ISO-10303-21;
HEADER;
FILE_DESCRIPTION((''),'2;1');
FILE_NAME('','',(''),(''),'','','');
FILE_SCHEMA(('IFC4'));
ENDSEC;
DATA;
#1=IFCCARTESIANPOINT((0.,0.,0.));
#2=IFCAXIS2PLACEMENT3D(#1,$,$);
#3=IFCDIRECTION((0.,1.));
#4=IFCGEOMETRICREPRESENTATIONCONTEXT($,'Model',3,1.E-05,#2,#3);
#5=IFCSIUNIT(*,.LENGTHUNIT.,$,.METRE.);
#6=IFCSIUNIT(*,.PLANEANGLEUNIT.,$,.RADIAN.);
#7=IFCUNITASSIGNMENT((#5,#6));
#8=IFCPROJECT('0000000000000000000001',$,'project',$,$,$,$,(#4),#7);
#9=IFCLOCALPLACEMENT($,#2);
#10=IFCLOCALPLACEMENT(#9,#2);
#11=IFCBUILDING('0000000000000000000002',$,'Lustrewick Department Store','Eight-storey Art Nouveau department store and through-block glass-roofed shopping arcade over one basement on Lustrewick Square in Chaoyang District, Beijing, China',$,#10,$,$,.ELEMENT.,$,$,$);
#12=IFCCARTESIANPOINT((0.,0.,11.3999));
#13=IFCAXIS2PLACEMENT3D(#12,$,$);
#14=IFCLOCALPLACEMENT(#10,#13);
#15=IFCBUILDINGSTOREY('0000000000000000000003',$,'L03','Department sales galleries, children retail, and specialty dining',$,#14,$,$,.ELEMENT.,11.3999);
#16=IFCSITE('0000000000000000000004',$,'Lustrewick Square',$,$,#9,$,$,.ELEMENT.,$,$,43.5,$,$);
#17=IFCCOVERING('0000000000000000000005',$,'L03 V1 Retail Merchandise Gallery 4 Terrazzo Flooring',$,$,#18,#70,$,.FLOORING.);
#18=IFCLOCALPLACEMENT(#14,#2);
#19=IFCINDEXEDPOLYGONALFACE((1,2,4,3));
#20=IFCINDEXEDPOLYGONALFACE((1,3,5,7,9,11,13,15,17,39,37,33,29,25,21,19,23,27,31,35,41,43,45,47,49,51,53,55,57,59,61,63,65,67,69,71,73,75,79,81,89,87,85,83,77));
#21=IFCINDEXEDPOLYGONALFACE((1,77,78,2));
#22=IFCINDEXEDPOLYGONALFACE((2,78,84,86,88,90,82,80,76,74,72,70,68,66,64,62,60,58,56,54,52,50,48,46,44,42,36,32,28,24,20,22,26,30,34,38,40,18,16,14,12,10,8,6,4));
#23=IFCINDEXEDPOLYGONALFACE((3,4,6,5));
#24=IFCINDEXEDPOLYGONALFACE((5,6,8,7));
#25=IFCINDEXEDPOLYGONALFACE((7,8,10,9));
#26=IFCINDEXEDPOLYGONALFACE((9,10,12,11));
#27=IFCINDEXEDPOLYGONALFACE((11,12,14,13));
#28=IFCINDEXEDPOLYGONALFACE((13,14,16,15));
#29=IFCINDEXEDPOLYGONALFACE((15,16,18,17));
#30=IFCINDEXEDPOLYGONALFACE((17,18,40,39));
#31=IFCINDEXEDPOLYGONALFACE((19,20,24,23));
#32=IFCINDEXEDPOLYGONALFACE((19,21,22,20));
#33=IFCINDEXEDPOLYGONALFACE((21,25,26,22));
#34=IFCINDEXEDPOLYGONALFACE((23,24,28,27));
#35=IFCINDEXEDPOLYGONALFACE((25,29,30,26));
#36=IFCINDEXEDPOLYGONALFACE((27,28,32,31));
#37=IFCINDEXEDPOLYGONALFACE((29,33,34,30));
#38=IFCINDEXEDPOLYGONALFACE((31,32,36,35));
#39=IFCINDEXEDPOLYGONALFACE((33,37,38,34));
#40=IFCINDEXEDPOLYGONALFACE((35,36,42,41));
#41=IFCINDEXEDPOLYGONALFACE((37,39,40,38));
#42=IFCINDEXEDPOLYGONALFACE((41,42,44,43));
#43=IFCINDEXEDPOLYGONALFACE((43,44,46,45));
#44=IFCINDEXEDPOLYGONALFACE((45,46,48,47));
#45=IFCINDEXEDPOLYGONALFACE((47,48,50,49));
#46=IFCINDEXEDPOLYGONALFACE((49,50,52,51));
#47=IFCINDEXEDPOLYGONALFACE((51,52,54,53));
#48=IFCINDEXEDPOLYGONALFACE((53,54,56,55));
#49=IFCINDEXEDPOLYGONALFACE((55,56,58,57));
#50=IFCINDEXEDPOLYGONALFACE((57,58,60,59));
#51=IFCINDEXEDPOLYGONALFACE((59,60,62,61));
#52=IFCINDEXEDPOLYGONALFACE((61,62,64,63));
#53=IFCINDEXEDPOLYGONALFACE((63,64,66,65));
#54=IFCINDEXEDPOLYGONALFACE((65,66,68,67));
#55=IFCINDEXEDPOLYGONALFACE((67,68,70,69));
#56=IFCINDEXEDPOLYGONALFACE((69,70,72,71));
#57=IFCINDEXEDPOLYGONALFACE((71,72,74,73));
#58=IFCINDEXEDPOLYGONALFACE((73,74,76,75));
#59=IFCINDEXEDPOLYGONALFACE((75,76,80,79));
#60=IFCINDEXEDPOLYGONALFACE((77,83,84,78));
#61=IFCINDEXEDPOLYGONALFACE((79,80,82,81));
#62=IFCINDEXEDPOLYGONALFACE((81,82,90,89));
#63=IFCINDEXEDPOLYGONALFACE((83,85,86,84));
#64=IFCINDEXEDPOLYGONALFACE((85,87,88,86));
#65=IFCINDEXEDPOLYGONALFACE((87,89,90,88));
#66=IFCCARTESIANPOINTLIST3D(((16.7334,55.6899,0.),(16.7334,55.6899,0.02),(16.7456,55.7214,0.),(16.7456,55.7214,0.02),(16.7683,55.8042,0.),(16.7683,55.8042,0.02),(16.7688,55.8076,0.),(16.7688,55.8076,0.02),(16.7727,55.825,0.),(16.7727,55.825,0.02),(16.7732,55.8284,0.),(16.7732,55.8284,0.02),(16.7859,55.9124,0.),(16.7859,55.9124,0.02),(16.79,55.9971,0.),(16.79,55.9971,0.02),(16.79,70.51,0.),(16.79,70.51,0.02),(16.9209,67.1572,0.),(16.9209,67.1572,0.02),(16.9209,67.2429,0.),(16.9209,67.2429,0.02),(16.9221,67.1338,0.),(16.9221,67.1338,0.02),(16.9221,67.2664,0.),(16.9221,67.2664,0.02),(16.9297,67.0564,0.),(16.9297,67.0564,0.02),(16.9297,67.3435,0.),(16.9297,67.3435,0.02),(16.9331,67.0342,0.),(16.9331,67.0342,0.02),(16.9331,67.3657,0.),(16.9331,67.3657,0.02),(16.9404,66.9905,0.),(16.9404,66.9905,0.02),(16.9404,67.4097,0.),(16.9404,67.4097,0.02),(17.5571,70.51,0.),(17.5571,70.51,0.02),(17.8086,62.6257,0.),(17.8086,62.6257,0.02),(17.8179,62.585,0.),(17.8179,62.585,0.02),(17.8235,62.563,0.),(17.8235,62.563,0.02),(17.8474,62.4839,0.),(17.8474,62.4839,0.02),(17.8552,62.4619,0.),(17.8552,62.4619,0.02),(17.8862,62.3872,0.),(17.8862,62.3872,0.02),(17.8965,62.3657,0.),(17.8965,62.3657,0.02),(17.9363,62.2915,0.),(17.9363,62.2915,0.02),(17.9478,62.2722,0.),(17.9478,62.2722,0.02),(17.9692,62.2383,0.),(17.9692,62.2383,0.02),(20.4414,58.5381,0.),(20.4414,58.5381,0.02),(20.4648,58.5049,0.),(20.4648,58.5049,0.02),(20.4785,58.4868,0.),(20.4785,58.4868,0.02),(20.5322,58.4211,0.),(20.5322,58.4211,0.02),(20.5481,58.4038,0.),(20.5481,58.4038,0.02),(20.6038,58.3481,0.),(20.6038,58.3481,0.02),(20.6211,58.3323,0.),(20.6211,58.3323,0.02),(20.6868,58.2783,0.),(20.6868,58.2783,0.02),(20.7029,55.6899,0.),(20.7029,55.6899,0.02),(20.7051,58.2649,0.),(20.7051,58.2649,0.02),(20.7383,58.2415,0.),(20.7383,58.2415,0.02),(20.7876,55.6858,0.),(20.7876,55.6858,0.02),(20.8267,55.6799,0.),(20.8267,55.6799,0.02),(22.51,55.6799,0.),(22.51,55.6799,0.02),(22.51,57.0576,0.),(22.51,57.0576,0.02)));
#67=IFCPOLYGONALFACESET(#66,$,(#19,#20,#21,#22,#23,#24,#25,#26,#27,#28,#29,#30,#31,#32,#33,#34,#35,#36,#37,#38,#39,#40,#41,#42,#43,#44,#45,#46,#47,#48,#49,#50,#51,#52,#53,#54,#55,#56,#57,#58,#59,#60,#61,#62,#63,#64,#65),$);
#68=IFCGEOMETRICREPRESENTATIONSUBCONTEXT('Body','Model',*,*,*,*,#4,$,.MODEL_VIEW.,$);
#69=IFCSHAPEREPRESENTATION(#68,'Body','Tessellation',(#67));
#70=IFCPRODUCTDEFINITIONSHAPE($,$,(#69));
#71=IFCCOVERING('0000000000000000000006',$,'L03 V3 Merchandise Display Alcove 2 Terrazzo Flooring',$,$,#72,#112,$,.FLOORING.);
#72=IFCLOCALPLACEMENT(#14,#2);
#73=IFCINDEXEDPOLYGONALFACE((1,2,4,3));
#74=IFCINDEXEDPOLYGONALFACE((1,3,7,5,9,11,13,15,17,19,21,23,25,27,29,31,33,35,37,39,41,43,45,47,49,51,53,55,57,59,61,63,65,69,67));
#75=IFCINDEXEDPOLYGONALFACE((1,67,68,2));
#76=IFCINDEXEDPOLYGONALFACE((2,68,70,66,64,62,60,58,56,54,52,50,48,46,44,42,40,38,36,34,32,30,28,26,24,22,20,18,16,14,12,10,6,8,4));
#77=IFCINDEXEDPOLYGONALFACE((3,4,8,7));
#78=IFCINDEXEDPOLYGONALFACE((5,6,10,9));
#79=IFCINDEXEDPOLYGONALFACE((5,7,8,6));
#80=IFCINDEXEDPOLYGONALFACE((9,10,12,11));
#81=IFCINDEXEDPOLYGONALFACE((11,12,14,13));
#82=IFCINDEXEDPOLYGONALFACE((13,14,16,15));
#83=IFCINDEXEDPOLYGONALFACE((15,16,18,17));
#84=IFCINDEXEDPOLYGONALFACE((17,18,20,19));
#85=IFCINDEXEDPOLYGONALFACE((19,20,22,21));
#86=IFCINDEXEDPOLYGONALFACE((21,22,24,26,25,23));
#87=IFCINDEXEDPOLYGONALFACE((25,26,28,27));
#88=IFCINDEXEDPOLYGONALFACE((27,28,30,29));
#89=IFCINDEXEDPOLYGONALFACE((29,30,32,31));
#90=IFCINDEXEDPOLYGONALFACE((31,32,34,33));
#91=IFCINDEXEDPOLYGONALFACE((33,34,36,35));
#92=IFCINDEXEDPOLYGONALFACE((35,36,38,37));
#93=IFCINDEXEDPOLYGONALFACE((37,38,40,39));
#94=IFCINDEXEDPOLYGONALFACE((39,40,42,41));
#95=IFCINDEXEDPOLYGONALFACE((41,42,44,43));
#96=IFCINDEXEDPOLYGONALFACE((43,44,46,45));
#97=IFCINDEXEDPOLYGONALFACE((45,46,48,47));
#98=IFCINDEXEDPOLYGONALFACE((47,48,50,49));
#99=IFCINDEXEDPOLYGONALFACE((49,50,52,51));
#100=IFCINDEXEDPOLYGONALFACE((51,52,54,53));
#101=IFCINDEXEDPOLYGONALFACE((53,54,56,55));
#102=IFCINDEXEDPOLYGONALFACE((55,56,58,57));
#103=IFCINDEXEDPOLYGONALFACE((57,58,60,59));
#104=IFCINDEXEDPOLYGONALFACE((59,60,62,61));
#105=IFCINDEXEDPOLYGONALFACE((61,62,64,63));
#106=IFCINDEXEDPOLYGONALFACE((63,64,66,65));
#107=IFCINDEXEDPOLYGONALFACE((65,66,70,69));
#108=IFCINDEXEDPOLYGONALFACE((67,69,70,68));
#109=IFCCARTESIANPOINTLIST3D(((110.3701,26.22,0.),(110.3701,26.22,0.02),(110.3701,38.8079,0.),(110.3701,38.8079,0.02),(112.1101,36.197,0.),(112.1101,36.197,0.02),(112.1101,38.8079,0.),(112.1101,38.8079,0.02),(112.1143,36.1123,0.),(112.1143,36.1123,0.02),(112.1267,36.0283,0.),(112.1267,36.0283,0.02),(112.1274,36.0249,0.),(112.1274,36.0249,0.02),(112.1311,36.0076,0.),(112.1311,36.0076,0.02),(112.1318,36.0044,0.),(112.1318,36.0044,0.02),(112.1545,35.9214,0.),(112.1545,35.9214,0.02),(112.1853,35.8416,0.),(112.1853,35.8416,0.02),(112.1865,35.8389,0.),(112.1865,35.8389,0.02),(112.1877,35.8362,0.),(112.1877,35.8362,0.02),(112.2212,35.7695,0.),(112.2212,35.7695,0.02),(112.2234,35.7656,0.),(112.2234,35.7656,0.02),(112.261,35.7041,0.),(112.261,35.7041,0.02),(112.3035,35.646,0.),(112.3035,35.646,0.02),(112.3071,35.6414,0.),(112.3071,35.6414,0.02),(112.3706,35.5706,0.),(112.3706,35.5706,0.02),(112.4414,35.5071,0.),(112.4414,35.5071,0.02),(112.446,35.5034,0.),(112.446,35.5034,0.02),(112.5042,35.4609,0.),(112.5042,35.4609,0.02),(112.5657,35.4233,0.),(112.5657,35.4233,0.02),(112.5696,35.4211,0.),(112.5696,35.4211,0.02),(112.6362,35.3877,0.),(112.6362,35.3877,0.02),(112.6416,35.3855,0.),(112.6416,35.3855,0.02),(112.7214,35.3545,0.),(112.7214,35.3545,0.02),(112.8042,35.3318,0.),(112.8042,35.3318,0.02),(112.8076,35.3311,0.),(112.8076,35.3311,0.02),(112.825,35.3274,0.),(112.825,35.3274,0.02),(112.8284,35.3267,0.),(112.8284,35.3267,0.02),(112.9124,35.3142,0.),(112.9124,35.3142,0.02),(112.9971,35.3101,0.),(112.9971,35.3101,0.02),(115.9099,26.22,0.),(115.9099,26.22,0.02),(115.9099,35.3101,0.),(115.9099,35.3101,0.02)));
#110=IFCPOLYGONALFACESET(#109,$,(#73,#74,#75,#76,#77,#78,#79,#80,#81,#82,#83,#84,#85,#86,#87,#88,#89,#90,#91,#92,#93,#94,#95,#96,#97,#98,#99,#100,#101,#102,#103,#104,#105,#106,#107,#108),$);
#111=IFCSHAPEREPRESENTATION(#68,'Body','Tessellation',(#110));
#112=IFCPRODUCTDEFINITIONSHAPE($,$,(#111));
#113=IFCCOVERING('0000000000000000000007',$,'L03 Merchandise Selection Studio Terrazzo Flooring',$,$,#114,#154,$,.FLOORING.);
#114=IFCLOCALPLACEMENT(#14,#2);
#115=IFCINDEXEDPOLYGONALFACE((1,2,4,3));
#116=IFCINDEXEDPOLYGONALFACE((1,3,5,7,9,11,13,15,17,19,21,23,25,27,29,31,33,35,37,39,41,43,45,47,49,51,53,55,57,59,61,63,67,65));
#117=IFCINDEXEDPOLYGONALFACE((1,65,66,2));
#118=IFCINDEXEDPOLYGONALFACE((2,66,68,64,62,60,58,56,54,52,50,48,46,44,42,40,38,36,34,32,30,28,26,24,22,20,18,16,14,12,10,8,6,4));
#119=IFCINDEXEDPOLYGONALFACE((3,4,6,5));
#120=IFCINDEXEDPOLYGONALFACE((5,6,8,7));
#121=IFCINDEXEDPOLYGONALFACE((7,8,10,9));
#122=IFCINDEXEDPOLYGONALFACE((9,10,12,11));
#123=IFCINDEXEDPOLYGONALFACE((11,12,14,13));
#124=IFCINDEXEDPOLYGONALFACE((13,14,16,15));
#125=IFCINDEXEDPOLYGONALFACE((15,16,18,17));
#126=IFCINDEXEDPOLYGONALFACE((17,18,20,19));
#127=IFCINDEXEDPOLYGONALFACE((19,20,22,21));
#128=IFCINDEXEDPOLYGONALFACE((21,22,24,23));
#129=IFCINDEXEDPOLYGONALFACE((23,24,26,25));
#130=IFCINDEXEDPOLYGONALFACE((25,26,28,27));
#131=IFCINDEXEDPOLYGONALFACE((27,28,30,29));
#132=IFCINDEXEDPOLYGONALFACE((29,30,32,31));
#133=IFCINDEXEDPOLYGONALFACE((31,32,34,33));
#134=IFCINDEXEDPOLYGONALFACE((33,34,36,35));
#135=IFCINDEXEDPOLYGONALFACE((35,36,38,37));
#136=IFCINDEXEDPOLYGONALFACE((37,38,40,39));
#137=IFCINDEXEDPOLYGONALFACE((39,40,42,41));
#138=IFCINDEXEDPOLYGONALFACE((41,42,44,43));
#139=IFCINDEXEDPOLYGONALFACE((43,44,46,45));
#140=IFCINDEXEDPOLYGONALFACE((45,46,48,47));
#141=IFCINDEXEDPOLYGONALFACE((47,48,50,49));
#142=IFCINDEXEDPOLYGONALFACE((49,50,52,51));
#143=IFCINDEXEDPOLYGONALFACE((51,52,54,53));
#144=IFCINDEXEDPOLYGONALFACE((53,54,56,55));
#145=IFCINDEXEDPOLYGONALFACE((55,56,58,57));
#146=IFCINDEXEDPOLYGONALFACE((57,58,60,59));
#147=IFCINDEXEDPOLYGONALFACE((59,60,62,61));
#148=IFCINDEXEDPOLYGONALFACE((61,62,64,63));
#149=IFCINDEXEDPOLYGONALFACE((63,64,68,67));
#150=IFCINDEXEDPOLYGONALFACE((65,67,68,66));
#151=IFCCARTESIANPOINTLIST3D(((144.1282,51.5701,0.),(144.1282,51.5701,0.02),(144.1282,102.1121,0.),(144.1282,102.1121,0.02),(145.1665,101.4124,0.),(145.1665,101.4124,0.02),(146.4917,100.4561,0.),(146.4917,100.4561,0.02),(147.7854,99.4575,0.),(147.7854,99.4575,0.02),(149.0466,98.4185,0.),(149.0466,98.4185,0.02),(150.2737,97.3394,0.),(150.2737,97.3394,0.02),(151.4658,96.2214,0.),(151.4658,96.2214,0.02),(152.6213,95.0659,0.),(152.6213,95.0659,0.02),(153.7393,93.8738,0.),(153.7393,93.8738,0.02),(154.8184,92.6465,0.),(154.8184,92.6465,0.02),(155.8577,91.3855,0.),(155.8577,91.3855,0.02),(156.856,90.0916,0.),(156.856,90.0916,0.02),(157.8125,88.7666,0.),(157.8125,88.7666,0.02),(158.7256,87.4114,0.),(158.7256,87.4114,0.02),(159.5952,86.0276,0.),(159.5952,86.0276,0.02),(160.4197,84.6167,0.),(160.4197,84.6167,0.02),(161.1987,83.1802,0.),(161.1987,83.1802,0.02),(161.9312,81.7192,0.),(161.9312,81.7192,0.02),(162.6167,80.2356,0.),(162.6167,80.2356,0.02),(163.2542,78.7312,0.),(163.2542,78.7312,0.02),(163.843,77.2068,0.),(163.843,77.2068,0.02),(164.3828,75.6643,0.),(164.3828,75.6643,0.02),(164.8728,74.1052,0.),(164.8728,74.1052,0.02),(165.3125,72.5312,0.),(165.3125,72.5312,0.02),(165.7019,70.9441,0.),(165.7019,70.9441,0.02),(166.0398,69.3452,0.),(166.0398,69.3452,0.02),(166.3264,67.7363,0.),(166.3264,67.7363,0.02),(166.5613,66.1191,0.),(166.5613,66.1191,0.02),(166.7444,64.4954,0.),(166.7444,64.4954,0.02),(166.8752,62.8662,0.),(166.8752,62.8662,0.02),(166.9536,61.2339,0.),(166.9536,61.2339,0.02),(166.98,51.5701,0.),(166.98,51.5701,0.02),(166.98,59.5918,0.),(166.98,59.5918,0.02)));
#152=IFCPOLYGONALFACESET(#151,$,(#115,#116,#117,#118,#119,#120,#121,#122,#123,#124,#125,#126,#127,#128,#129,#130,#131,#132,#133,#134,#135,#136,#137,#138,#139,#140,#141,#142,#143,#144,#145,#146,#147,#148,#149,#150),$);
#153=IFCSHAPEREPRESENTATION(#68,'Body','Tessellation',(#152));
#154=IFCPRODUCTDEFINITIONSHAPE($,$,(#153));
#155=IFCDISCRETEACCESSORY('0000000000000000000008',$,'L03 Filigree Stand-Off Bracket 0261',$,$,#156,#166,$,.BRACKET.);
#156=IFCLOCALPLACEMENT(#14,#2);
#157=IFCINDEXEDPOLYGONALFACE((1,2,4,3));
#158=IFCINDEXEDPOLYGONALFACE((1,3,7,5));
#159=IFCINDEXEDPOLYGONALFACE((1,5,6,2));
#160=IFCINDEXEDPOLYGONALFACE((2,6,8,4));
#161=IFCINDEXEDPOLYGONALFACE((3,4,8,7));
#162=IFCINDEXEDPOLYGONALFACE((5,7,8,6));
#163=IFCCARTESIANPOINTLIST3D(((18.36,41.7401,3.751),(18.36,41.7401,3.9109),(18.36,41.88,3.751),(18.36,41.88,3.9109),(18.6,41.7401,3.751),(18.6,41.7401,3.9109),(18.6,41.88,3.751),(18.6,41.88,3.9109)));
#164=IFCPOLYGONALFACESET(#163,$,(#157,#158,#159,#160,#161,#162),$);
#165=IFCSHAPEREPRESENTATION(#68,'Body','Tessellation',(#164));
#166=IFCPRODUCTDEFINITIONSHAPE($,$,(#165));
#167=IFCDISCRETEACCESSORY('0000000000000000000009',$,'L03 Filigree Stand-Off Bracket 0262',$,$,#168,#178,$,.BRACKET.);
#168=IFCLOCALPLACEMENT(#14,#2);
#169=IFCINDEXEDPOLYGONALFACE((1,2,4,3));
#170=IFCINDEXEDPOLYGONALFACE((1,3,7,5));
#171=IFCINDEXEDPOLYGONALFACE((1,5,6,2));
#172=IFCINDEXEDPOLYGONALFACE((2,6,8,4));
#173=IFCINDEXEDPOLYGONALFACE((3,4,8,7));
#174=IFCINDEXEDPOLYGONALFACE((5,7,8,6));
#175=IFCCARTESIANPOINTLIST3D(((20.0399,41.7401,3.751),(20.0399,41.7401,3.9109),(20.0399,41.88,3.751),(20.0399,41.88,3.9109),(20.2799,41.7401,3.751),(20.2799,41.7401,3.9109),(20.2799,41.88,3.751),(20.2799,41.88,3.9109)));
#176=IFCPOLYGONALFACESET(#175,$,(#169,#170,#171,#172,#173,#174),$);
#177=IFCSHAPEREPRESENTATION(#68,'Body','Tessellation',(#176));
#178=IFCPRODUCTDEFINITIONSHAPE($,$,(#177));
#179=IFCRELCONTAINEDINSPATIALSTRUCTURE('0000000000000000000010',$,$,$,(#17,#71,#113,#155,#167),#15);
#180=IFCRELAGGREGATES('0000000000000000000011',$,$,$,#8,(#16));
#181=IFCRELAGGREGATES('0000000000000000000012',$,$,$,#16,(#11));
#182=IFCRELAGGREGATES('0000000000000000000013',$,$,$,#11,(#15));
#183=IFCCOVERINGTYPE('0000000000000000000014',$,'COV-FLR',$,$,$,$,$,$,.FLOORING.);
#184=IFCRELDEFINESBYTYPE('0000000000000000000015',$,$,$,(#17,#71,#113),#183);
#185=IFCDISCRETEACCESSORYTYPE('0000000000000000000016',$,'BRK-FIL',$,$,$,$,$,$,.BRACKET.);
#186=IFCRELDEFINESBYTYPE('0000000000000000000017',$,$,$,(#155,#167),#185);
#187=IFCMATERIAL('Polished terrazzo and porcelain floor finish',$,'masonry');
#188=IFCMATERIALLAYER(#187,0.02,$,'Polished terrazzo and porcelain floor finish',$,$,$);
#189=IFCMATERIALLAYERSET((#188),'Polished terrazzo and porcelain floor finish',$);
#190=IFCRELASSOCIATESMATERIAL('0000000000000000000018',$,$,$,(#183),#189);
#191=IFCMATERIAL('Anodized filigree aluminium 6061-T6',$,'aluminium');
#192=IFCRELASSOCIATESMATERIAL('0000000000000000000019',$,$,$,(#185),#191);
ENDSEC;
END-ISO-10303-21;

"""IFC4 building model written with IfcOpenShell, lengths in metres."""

from ifc_helpers import new_model, si_unit, direction, frame, origin, origin_2d, place, context, subcontext, project, spatial, polyline, rectangle, outline, extrude, material, layer, layer_set, type_object, element, save


model = new_model("IFC4")

# Units and contexts
model_context = context("Model", 3, precision=1e-05, world=origin(), true_north=direction((0.0, 1.0)))
body_context = subcontext(model_context, "Body", "Model", "MODEL_VIEW")
ifc_project = project(units=[si_unit("LENGTHUNIT", "METRE"), si_unit("PLANEANGLEUNIT", "RADIAN")], contexts=[model_context])

# Site, building, storey
site_placement = place(None, origin())
site = spatial("IfcSite", under=ifc_project, at=site_placement, Name="Lustrewick Square", CompositionType="ELEMENT", RefElevation=43.5)
building_placement = place(site_placement, origin())
building = spatial("IfcBuilding", under=site, at=building_placement, Name="Lustrewick Department Store", Description="Eight-storey Art Nouveau department store and through-block glass-roofed shopping arcade over one basement on Lustrewick Square in Chaoyang District, Beijing, China", CompositionType="ELEMENT")
storey_placement = place(building_placement, frame((0.0, 0.0, 11.3999)))
storey = spatial("IfcBuildingStorey", under=building, at=storey_placement, Name="L03", Description="Department sales galleries, children retail, and specialty dining", CompositionType="ELEMENT", Elevation=11.3999)

# Coverings
ifc_material_1 = material(Name="Polished terrazzo and porcelain floor finish", Category="masonry")
ifc_layer_1 = layer(ifc_material_1, 0.02, Name="Polished terrazzo and porcelain floor finish")
ifc_layer_set_1 = layer_set([ifc_layer_1], Name="Polished terrazzo and porcelain floor finish")
covering_type_1 = type_object("IfcCoveringType", Name="COV-FLR", PredefinedType="FLOORING", material=ifc_layer_set_1)
covering_1_placement = place(storey_placement, origin())
element("IfcCovering", 1, at=covering_1_placement, inside=storey, type_object=covering_type_1, Name="L03 V1 Retail Merchandise Gallery 4 Terrazzo Flooring", PredefinedType="FLOORING", context=body_context, shape_type="SweptSolid", body=[
    extrude(outline(polyline([(20.7029, 55.6899), (20.7876, 55.6858), (20.8267, 55.6799), (22.51, 55.6799), (22.51, 57.0576), (20.7383, 58.2415), (20.7051, 58.2649), (20.6868, 58.2783), (20.6211, 58.3323), (20.6038, 58.3481), (20.5481, 58.4038), (20.5322, 58.4211), (20.4785, 58.4868), (20.4648, 58.5049), (20.4414, 58.5381), (17.9692, 62.2383), (17.9478, 62.2722), (17.9363, 62.2915), (17.8965, 62.3657), (17.8862, 62.3872), (17.8552, 62.4619), (17.8474, 62.4839), (17.8235, 62.563), (17.8179, 62.585), (17.8086, 62.6257), (16.9404, 66.9905), (16.9331, 67.0342), (16.9297, 67.0564), (16.9221, 67.1338), (16.9209, 67.1572), (16.9209, 67.2429), (16.9221, 67.2664), (16.9297, 67.3435), (16.9331, 67.3657), (16.9404, 67.4097), (17.5571, 70.51), (16.79, 70.51), (16.79, 55.9971), (16.7859, 55.9124), (16.7732, 55.8284), (16.7727, 55.825), (16.7688, 55.8076), (16.7683, 55.8042), (16.7456, 55.7214), (16.7334, 55.6899), (20.7029, 55.6899)])), origin(), (0.0, 0.0, 1.0), 0.02),
])
covering_2_placement = place(storey_placement, origin())
element("IfcCovering", 2, at=covering_2_placement, inside=storey, type_object=covering_type_1, Name="L03 V3 Merchandise Display Alcove 2 Terrazzo Flooring", PredefinedType="FLOORING", context=body_context, shape_type="SweptSolid", body=[
    extrude(outline(polyline([(112.1101, 38.8079), (110.3701, 38.8079), (110.3701, 26.22), (115.9099, 26.22), (115.9099, 35.3101), (112.9971, 35.3101), (112.9124, 35.3142), (112.8284, 35.3267), (112.825, 35.3274), (112.8076, 35.3311), (112.8042, 35.3318), (112.7214, 35.3545), (112.6416, 35.3855), (112.6362, 35.3877), (112.5696, 35.4211), (112.5657, 35.4233), (112.5042, 35.4609), (112.446, 35.5034), (112.4414, 35.5071), (112.3706, 35.5706), (112.3071, 35.6414), (112.3035, 35.646), (112.261, 35.7041), (112.2234, 35.7656), (112.2212, 35.7695), (112.1877, 35.8362), (112.1865, 35.8389), (112.1853, 35.8416), (112.1545, 35.9214), (112.1318, 36.0044), (112.1311, 36.0076), (112.1274, 36.0249), (112.1267, 36.0283), (112.1143, 36.1123), (112.1101, 36.197), (112.1101, 38.8079)])), origin(), (0.0, 0.0, 1.0), 0.02),
])
covering_3_placement = place(storey_placement, origin())
element("IfcCovering", 3, at=covering_3_placement, inside=storey, type_object=covering_type_1, Name="L03 Merchandise Selection Studio Terrazzo Flooring", PredefinedType="FLOORING", context=body_context, shape_type="SweptSolid", body=[
    extrude(outline(polyline([(144.1282, 102.1121), (144.1282, 51.5701), (166.98, 51.5701), (166.98, 59.5918), (166.9536, 61.2339), (166.8752, 62.8662), (166.7444, 64.4954), (166.5613, 66.1191), (166.3264, 67.7363), (166.0398, 69.3452), (165.7019, 70.9441), (165.3125, 72.5312), (164.8728, 74.1052), (164.3828, 75.6643), (163.843, 77.2068), (163.2542, 78.7312), (162.6167, 80.2356), (161.9312, 81.7192), (161.1987, 83.1802), (160.4197, 84.6167), (159.5952, 86.0276), (158.7256, 87.4114), (157.8125, 88.7666), (156.856, 90.0916), (155.8577, 91.3855), (154.8184, 92.6465), (153.7393, 93.8738), (152.6213, 95.0659), (151.4658, 96.2214), (150.2737, 97.3394), (149.0466, 98.4185), (147.7854, 99.4575), (146.4917, 100.4561), (145.1665, 101.4124), (144.1282, 102.1121)])), origin(), (0.0, 0.0, 1.0), 0.02),
])

# Discrete accessories
ifc_material_2 = material(Name="Anodized filigree aluminium 6061-T6", Category="aluminium")
discrete_accessory_type = type_object("IfcDiscreteAccessoryType", Name="BRK-FIL", PredefinedType="BRACKET", material=ifc_material_2)
for number, where, z_axis, x_axis, name in (
    (4, (18.48, 41.8101, 3.751), (0.0, 0.0, 1.0), (1.0, 0.0, 0.0), "L03 Filigree Stand-Off Bracket 0261"),
    (5, (20.1599, 41.8101, 3.751), (0.0, 0.0, 1.0), (1.0, 0.0, 0.0), "L03 Filigree Stand-Off Bracket 0262"),
):
    element("IfcDiscreteAccessory", number, at=place(storey_placement, frame(where, z_axis=z_axis, x_axis=x_axis)), inside=storey, type_object=discrete_accessory_type, Name=name, PredefinedType="BRACKET", context=body_context, shape_type="SweptSolid", body=[
        extrude(rectangle(XDim=0.24, YDim=0.1399, at=origin_2d()), origin(), (0.0, 0.0, 1.0), 0.1599),
    ])

save(model, "model.ifc")
